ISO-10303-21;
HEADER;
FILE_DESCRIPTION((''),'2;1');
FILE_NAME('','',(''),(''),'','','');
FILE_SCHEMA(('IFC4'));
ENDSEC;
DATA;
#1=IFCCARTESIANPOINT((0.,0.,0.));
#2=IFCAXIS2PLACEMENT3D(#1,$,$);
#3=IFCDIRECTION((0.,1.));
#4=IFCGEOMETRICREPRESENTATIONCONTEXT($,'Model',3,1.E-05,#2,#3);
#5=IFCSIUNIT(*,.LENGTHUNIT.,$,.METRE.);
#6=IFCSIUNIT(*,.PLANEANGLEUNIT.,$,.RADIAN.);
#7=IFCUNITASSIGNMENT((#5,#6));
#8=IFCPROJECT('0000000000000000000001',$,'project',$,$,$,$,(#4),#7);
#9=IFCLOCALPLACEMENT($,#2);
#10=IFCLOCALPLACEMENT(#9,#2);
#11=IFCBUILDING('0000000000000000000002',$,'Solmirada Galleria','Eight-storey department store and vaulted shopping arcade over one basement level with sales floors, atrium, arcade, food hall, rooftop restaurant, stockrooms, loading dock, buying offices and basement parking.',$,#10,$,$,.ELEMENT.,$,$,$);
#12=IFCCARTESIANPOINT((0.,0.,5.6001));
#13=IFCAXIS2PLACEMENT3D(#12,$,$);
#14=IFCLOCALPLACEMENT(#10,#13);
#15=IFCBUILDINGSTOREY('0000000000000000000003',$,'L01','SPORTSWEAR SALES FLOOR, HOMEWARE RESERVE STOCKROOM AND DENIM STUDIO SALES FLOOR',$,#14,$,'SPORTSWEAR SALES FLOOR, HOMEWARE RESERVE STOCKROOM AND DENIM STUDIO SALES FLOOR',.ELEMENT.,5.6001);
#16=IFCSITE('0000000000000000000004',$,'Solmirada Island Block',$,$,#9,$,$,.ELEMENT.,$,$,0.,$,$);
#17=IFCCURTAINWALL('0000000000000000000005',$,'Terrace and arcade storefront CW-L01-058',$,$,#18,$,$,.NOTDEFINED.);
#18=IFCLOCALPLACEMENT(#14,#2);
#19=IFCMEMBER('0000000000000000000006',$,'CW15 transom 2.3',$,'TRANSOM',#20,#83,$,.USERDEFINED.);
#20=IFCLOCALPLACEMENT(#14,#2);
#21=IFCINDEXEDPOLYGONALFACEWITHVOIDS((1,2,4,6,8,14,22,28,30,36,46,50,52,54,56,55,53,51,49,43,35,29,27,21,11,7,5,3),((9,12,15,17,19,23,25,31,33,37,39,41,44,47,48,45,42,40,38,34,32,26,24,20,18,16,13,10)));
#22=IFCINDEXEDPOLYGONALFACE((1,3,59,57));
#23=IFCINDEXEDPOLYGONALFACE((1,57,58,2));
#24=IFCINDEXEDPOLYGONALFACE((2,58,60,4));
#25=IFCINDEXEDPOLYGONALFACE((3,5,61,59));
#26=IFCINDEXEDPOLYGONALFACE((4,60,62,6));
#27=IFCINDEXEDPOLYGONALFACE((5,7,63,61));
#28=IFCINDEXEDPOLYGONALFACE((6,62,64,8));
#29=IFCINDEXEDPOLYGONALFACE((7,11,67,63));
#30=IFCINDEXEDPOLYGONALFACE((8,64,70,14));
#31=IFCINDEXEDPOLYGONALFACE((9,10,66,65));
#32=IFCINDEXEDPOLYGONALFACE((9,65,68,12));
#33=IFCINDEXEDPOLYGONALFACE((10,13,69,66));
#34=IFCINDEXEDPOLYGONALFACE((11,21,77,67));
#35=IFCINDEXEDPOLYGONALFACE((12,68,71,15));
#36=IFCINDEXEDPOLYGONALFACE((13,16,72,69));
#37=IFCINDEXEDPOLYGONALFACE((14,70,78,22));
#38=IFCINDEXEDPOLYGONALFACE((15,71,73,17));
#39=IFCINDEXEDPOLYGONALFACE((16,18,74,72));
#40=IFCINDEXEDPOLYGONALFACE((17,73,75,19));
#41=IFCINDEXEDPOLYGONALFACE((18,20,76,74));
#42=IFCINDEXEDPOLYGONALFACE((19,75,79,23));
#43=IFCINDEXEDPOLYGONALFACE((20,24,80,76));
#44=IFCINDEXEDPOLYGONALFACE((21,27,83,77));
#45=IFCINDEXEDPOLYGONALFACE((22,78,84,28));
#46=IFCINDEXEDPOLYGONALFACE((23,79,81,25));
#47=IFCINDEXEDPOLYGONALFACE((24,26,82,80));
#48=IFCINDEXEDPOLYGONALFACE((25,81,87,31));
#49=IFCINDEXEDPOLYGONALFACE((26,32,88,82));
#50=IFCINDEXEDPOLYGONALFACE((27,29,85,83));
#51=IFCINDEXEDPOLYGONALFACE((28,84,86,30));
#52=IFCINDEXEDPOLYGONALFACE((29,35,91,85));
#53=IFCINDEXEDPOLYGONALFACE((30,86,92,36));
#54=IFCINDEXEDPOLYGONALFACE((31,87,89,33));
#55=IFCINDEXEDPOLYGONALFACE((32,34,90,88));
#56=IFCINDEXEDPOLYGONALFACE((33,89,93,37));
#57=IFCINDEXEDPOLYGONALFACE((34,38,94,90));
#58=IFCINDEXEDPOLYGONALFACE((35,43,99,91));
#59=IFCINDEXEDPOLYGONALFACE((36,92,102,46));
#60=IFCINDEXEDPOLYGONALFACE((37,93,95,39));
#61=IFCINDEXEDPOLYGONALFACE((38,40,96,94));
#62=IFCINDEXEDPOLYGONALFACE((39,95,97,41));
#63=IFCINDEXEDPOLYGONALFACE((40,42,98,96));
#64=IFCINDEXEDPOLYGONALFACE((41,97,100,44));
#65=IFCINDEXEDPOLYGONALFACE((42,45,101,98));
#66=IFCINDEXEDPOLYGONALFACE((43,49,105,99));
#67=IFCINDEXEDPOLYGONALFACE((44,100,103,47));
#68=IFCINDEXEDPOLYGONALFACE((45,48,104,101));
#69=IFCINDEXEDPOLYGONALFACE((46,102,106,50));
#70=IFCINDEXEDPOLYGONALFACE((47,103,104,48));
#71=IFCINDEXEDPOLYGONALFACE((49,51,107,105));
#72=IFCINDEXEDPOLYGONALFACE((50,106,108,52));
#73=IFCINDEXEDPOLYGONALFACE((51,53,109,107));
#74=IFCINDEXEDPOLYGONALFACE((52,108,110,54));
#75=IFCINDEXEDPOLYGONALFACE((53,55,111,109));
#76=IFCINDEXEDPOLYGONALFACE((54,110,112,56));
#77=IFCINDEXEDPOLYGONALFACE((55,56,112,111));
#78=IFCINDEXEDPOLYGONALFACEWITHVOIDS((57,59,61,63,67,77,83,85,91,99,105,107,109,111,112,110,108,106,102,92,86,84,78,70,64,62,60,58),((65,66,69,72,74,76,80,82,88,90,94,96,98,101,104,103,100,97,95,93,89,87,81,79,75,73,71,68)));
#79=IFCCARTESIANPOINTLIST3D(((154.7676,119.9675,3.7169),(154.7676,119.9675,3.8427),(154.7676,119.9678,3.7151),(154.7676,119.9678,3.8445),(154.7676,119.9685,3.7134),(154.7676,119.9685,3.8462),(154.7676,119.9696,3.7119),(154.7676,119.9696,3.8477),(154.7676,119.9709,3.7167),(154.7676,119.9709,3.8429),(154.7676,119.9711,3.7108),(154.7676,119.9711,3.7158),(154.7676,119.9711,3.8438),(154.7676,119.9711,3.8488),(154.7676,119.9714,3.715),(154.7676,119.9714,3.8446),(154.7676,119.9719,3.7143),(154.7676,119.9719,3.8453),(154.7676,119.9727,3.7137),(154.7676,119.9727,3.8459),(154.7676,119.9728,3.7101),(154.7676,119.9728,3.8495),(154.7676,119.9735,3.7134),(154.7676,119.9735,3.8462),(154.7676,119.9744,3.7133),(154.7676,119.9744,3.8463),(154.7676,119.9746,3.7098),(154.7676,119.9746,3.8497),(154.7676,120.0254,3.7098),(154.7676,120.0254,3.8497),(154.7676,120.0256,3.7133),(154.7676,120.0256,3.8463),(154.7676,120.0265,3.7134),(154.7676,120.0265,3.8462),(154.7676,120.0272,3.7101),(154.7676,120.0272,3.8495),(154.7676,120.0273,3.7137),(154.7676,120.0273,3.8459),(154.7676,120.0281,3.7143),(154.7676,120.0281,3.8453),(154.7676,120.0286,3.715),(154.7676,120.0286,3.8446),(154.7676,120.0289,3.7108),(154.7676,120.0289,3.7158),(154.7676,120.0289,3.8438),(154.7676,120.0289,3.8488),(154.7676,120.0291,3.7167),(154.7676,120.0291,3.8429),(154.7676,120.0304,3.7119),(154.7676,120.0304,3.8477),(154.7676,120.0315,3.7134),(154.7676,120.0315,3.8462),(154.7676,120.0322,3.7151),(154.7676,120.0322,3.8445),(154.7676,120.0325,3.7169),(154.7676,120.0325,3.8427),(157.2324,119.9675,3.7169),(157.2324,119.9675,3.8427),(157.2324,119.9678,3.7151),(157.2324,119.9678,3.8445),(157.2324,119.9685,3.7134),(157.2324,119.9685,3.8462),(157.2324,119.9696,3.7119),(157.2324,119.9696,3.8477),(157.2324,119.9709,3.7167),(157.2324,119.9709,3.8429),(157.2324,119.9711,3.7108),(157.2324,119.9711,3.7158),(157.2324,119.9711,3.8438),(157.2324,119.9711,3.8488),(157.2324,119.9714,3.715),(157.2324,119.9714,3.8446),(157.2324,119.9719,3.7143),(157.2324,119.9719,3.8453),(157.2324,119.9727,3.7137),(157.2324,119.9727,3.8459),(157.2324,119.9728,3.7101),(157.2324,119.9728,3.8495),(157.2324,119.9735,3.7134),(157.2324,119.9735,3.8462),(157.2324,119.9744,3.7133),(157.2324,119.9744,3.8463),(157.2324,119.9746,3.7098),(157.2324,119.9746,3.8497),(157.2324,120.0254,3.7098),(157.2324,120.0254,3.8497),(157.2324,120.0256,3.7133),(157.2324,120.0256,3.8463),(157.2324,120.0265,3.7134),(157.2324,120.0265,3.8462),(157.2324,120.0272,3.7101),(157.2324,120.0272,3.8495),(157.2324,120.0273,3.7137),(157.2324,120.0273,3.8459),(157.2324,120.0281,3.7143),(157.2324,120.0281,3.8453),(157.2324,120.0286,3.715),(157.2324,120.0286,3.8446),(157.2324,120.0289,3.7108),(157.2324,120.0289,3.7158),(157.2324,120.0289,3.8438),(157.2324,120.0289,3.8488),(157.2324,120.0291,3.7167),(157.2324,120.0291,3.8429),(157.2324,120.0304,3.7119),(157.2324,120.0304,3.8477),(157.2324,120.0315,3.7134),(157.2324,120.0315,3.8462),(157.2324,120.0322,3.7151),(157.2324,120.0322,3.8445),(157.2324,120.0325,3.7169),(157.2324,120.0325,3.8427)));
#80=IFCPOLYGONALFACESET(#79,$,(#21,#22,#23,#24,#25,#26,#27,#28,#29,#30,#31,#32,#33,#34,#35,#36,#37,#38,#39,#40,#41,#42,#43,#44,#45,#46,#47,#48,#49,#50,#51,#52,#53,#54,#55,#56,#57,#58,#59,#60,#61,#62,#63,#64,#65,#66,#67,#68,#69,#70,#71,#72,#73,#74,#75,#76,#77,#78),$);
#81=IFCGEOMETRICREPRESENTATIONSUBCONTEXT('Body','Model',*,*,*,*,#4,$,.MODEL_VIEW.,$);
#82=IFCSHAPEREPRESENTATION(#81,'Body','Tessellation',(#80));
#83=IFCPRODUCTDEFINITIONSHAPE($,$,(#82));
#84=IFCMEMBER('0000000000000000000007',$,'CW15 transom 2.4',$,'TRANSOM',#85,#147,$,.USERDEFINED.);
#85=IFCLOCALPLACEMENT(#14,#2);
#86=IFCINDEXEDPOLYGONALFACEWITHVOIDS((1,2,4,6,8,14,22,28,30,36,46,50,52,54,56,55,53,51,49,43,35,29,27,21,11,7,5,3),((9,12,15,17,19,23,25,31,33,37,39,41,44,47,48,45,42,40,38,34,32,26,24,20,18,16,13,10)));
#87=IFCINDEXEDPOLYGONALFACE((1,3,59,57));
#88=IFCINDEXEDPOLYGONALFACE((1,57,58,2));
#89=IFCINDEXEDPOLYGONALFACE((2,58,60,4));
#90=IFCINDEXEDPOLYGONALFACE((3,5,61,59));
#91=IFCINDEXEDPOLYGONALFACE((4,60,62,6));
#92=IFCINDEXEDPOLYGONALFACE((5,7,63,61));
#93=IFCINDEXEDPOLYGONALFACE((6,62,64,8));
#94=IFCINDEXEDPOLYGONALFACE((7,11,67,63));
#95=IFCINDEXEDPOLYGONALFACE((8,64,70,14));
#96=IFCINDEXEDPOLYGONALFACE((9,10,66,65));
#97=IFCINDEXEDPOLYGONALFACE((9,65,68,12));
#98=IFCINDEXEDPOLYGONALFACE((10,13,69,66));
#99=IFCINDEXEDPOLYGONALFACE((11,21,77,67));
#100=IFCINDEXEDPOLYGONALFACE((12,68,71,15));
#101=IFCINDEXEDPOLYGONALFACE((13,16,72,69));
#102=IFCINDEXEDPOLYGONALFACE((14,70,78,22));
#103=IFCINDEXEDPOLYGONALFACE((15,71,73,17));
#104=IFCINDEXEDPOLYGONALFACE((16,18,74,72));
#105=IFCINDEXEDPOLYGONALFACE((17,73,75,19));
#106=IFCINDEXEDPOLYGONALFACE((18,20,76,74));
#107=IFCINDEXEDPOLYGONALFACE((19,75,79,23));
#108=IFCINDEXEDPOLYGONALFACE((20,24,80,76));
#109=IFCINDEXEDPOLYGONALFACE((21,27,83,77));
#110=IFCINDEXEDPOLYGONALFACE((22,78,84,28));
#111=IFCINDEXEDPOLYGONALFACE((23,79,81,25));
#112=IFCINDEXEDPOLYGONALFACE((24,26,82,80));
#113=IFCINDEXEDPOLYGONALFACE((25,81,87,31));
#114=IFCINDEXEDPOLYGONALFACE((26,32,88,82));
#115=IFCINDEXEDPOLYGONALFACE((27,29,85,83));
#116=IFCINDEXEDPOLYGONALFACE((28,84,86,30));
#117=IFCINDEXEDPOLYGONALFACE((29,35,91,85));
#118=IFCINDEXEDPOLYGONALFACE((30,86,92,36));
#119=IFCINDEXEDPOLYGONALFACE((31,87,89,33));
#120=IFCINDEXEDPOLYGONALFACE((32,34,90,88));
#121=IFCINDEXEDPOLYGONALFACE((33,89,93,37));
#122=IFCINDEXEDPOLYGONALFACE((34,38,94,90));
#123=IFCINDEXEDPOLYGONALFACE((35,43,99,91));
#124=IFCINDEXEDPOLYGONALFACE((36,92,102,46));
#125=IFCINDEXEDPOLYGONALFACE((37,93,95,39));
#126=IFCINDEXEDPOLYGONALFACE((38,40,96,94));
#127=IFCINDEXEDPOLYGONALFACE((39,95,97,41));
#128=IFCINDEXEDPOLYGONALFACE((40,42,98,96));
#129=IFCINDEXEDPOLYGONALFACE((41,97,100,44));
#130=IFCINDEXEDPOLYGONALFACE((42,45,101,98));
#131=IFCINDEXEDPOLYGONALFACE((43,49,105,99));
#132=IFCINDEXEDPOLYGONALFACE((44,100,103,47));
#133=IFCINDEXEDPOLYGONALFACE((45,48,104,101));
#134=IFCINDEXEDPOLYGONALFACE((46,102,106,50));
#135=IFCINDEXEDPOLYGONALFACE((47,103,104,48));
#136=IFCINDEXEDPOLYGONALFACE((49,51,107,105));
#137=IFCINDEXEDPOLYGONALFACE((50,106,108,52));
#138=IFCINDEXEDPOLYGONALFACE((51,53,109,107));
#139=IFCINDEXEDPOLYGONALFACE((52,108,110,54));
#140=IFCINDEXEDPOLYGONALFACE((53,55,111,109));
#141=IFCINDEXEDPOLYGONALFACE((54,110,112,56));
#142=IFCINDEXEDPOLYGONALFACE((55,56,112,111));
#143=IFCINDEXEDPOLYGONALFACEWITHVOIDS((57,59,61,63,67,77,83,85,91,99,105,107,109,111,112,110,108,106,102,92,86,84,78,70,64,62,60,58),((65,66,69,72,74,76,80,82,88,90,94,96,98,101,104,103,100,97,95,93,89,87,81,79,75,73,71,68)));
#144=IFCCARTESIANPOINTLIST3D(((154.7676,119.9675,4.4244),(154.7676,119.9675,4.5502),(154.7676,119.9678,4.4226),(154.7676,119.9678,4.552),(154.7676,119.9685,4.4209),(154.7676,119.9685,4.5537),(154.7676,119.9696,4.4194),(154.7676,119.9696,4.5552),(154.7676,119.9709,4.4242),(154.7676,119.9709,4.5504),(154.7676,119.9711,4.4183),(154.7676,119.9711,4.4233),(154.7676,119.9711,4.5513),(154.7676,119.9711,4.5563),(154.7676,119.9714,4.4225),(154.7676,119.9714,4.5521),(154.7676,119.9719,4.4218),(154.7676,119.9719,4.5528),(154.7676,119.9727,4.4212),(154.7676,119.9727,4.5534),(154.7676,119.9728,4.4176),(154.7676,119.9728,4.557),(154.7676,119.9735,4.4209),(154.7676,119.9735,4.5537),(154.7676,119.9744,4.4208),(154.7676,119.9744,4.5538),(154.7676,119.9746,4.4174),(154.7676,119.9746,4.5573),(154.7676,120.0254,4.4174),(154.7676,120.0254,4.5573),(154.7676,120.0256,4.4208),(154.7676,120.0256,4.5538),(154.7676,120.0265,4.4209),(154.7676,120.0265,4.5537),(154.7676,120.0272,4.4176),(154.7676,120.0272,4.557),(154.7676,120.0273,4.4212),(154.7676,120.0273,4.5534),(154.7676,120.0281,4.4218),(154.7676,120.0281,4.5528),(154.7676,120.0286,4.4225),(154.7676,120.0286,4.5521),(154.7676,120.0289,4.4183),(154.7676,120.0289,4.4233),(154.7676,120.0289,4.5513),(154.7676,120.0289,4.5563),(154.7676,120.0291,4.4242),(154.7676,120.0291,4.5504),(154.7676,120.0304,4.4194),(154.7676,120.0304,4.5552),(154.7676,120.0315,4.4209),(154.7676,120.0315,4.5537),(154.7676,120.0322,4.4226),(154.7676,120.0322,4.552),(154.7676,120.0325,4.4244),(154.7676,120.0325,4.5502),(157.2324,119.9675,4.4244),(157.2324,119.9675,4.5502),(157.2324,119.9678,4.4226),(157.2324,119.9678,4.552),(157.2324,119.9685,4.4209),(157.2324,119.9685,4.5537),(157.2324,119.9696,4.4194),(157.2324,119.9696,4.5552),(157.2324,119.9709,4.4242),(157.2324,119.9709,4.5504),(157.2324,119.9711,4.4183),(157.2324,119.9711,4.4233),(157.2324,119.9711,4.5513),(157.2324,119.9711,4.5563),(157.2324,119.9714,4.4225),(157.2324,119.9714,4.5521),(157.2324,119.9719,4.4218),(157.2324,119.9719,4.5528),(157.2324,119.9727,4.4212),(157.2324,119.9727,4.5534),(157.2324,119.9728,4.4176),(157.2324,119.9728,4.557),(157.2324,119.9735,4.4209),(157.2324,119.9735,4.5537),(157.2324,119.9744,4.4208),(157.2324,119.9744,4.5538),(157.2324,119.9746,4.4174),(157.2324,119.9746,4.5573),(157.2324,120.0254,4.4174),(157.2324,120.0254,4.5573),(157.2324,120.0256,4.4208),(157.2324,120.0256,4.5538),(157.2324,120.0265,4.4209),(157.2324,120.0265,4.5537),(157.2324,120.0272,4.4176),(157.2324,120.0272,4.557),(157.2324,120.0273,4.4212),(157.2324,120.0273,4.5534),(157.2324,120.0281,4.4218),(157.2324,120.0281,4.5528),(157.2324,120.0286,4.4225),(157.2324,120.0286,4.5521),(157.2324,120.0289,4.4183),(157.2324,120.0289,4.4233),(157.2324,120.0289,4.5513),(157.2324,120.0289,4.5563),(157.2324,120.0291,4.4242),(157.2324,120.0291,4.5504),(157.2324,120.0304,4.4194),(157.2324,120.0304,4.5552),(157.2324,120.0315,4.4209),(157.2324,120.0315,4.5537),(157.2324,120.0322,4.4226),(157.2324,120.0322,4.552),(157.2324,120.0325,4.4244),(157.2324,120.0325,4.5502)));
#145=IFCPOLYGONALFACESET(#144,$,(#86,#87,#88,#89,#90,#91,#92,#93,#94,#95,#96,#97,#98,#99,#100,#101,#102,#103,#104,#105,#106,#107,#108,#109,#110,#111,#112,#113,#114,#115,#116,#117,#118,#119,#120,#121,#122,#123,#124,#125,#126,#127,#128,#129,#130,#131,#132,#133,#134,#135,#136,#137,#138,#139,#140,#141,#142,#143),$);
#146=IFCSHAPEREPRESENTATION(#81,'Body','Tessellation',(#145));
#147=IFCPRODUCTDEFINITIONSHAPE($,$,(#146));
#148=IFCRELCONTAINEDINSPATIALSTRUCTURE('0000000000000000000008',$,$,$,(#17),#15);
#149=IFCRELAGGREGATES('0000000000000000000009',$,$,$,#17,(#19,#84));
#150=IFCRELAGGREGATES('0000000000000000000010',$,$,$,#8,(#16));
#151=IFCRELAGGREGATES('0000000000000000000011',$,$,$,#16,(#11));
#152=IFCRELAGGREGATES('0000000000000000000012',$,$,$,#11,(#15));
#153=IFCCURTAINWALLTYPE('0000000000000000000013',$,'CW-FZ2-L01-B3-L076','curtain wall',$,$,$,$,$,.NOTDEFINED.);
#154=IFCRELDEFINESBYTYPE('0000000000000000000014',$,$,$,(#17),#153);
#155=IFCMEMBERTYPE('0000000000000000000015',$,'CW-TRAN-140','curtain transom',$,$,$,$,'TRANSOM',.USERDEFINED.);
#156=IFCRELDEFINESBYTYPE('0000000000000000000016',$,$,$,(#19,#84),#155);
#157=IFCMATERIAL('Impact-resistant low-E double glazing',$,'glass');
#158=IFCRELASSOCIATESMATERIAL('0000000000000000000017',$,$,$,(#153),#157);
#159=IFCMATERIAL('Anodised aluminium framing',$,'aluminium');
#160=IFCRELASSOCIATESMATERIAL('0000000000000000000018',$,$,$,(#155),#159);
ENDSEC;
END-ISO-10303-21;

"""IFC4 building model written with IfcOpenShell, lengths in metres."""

from ifc_helpers import new_model, si_unit, direction, frame, origin, origin_2d, place, context, subcontext, project, spatial, hollow_rectangle, extrude, material, material_profile, profile_set, type_object, element, aggregate, save


model = new_model("IFC4")

# Units and contexts
model_context = context("Model", 3, precision=1e-05, world=origin(), true_north=direction((0.0, 1.0)))
body_context = subcontext(model_context, "Body", "Model", "MODEL_VIEW")
ifc_project = project(units=[si_unit("LENGTHUNIT", "METRE"), si_unit("PLANEANGLEUNIT", "RADIAN")], contexts=[model_context])

# Site, building, storey
site_placement = place(None, origin())
site = spatial("IfcSite", under=ifc_project, at=site_placement, Name="Solmirada Island Block", CompositionType="ELEMENT", RefElevation=0.0)
building_placement = place(site_placement, origin())
building = spatial("IfcBuilding", under=site, at=building_placement, Name="Solmirada Galleria", Description="Eight-storey department store and vaulted shopping arcade over one basement level with sales floors, atrium, arcade, food hall, rooftop restaurant, stockrooms, loading dock, buying offices and basement parking.", CompositionType="ELEMENT")
storey_placement = place(building_placement, frame((0.0, 0.0, 5.6001)))
storey = spatial("IfcBuildingStorey", under=building, at=storey_placement, Name="L01", Description="SPORTSWEAR SALES FLOOR, HOMEWARE RESERVE STOCKROOM AND DENIM STUDIO SALES FLOOR", LongName="SPORTSWEAR SALES FLOOR, HOMEWARE RESERVE STOCKROOM AND DENIM STUDIO SALES FLOOR", CompositionType="ELEMENT", Elevation=5.6001)

# Curtain wall, members
ifc_material_1 = material(Name="Impact-resistant low-E double glazing", Category="glass")
curtain_wall_type = type_object("IfcCurtainWallType", Name="CW-FZ2-L01-B3-L076", Description="curtain wall", PredefinedType="NOTDEFINED", material=ifc_material_1)
curtain_wall_placement = place(storey_placement, origin())
curtain_wall = element("IfcCurtainWall", 1, at=curtain_wall_placement, inside=storey, type_object=curtain_wall_type, Name="Terrace and arcade storefront CW-L01-058", PredefinedType="NOTDEFINED")
ifc_material_2 = material(Name="Anodised aluminium framing", Category="aluminium")
ifc_material_profile_1 = material_profile(ifc_material_2, hollow_rectangle(XDim=0.0649, YDim=0.1399, WallThickness=0.0034, InnerFilletRadius=0.0034, OuterFilletRadius=0.0071, at=origin_2d()), Name="ALU-TRAN-140X65")
ifc_profile_set_1 = profile_set([ifc_material_profile_1], Name="Anodised aluminium framing")
member_type_1 = type_object("IfcMemberType", Name="CW-TRAN-140", Description="curtain transom", ElementType="TRANSOM", PredefinedType="USERDEFINED", material=ifc_profile_set_1)
member_1_placement = place(storey_placement, frame((154.7676, 120.0, 3.7798), z_axis=(1.0, 0.0, 0.0), x_axis=(0.0, 1.0, 0.0)))
member_1 = element("IfcMember", 2, at=member_1_placement, type_object=member_type_1, Name="CW15 transom 2.3", ObjectType="TRANSOM", PredefinedType="USERDEFINED", context=body_context, shape_type="SweptSolid", body=[
    extrude(hollow_rectangle(XDim=0.0649, YDim=0.1399, WallThickness=0.0034, InnerFilletRadius=0.0034, OuterFilletRadius=0.0071, at=origin_2d()), origin(), (0.0, 0.0, 1.0), 2.4648),
])
member_2_placement = place(storey_placement, frame((154.7676, 120.0, 4.4873), z_axis=(1.0, 0.0, 0.0), x_axis=(0.0, 1.0, 0.0)))
member_2 = element("IfcMember", 3, at=member_2_placement, type_object=member_type_1, Name="CW15 transom 2.4", ObjectType="TRANSOM", PredefinedType="USERDEFINED", context=body_context, shape_type="SweptSolid", body=[
    extrude(hollow_rectangle(XDim=0.0649, YDim=0.1399, WallThickness=0.0034, InnerFilletRadius=0.0034, OuterFilletRadius=0.0071, at=origin_2d()), origin(), (0.0, 0.0, 1.0), 2.4648),
])
aggregate(curtain_wall, [member_1, member_2])

save(model, "model.ifc")
